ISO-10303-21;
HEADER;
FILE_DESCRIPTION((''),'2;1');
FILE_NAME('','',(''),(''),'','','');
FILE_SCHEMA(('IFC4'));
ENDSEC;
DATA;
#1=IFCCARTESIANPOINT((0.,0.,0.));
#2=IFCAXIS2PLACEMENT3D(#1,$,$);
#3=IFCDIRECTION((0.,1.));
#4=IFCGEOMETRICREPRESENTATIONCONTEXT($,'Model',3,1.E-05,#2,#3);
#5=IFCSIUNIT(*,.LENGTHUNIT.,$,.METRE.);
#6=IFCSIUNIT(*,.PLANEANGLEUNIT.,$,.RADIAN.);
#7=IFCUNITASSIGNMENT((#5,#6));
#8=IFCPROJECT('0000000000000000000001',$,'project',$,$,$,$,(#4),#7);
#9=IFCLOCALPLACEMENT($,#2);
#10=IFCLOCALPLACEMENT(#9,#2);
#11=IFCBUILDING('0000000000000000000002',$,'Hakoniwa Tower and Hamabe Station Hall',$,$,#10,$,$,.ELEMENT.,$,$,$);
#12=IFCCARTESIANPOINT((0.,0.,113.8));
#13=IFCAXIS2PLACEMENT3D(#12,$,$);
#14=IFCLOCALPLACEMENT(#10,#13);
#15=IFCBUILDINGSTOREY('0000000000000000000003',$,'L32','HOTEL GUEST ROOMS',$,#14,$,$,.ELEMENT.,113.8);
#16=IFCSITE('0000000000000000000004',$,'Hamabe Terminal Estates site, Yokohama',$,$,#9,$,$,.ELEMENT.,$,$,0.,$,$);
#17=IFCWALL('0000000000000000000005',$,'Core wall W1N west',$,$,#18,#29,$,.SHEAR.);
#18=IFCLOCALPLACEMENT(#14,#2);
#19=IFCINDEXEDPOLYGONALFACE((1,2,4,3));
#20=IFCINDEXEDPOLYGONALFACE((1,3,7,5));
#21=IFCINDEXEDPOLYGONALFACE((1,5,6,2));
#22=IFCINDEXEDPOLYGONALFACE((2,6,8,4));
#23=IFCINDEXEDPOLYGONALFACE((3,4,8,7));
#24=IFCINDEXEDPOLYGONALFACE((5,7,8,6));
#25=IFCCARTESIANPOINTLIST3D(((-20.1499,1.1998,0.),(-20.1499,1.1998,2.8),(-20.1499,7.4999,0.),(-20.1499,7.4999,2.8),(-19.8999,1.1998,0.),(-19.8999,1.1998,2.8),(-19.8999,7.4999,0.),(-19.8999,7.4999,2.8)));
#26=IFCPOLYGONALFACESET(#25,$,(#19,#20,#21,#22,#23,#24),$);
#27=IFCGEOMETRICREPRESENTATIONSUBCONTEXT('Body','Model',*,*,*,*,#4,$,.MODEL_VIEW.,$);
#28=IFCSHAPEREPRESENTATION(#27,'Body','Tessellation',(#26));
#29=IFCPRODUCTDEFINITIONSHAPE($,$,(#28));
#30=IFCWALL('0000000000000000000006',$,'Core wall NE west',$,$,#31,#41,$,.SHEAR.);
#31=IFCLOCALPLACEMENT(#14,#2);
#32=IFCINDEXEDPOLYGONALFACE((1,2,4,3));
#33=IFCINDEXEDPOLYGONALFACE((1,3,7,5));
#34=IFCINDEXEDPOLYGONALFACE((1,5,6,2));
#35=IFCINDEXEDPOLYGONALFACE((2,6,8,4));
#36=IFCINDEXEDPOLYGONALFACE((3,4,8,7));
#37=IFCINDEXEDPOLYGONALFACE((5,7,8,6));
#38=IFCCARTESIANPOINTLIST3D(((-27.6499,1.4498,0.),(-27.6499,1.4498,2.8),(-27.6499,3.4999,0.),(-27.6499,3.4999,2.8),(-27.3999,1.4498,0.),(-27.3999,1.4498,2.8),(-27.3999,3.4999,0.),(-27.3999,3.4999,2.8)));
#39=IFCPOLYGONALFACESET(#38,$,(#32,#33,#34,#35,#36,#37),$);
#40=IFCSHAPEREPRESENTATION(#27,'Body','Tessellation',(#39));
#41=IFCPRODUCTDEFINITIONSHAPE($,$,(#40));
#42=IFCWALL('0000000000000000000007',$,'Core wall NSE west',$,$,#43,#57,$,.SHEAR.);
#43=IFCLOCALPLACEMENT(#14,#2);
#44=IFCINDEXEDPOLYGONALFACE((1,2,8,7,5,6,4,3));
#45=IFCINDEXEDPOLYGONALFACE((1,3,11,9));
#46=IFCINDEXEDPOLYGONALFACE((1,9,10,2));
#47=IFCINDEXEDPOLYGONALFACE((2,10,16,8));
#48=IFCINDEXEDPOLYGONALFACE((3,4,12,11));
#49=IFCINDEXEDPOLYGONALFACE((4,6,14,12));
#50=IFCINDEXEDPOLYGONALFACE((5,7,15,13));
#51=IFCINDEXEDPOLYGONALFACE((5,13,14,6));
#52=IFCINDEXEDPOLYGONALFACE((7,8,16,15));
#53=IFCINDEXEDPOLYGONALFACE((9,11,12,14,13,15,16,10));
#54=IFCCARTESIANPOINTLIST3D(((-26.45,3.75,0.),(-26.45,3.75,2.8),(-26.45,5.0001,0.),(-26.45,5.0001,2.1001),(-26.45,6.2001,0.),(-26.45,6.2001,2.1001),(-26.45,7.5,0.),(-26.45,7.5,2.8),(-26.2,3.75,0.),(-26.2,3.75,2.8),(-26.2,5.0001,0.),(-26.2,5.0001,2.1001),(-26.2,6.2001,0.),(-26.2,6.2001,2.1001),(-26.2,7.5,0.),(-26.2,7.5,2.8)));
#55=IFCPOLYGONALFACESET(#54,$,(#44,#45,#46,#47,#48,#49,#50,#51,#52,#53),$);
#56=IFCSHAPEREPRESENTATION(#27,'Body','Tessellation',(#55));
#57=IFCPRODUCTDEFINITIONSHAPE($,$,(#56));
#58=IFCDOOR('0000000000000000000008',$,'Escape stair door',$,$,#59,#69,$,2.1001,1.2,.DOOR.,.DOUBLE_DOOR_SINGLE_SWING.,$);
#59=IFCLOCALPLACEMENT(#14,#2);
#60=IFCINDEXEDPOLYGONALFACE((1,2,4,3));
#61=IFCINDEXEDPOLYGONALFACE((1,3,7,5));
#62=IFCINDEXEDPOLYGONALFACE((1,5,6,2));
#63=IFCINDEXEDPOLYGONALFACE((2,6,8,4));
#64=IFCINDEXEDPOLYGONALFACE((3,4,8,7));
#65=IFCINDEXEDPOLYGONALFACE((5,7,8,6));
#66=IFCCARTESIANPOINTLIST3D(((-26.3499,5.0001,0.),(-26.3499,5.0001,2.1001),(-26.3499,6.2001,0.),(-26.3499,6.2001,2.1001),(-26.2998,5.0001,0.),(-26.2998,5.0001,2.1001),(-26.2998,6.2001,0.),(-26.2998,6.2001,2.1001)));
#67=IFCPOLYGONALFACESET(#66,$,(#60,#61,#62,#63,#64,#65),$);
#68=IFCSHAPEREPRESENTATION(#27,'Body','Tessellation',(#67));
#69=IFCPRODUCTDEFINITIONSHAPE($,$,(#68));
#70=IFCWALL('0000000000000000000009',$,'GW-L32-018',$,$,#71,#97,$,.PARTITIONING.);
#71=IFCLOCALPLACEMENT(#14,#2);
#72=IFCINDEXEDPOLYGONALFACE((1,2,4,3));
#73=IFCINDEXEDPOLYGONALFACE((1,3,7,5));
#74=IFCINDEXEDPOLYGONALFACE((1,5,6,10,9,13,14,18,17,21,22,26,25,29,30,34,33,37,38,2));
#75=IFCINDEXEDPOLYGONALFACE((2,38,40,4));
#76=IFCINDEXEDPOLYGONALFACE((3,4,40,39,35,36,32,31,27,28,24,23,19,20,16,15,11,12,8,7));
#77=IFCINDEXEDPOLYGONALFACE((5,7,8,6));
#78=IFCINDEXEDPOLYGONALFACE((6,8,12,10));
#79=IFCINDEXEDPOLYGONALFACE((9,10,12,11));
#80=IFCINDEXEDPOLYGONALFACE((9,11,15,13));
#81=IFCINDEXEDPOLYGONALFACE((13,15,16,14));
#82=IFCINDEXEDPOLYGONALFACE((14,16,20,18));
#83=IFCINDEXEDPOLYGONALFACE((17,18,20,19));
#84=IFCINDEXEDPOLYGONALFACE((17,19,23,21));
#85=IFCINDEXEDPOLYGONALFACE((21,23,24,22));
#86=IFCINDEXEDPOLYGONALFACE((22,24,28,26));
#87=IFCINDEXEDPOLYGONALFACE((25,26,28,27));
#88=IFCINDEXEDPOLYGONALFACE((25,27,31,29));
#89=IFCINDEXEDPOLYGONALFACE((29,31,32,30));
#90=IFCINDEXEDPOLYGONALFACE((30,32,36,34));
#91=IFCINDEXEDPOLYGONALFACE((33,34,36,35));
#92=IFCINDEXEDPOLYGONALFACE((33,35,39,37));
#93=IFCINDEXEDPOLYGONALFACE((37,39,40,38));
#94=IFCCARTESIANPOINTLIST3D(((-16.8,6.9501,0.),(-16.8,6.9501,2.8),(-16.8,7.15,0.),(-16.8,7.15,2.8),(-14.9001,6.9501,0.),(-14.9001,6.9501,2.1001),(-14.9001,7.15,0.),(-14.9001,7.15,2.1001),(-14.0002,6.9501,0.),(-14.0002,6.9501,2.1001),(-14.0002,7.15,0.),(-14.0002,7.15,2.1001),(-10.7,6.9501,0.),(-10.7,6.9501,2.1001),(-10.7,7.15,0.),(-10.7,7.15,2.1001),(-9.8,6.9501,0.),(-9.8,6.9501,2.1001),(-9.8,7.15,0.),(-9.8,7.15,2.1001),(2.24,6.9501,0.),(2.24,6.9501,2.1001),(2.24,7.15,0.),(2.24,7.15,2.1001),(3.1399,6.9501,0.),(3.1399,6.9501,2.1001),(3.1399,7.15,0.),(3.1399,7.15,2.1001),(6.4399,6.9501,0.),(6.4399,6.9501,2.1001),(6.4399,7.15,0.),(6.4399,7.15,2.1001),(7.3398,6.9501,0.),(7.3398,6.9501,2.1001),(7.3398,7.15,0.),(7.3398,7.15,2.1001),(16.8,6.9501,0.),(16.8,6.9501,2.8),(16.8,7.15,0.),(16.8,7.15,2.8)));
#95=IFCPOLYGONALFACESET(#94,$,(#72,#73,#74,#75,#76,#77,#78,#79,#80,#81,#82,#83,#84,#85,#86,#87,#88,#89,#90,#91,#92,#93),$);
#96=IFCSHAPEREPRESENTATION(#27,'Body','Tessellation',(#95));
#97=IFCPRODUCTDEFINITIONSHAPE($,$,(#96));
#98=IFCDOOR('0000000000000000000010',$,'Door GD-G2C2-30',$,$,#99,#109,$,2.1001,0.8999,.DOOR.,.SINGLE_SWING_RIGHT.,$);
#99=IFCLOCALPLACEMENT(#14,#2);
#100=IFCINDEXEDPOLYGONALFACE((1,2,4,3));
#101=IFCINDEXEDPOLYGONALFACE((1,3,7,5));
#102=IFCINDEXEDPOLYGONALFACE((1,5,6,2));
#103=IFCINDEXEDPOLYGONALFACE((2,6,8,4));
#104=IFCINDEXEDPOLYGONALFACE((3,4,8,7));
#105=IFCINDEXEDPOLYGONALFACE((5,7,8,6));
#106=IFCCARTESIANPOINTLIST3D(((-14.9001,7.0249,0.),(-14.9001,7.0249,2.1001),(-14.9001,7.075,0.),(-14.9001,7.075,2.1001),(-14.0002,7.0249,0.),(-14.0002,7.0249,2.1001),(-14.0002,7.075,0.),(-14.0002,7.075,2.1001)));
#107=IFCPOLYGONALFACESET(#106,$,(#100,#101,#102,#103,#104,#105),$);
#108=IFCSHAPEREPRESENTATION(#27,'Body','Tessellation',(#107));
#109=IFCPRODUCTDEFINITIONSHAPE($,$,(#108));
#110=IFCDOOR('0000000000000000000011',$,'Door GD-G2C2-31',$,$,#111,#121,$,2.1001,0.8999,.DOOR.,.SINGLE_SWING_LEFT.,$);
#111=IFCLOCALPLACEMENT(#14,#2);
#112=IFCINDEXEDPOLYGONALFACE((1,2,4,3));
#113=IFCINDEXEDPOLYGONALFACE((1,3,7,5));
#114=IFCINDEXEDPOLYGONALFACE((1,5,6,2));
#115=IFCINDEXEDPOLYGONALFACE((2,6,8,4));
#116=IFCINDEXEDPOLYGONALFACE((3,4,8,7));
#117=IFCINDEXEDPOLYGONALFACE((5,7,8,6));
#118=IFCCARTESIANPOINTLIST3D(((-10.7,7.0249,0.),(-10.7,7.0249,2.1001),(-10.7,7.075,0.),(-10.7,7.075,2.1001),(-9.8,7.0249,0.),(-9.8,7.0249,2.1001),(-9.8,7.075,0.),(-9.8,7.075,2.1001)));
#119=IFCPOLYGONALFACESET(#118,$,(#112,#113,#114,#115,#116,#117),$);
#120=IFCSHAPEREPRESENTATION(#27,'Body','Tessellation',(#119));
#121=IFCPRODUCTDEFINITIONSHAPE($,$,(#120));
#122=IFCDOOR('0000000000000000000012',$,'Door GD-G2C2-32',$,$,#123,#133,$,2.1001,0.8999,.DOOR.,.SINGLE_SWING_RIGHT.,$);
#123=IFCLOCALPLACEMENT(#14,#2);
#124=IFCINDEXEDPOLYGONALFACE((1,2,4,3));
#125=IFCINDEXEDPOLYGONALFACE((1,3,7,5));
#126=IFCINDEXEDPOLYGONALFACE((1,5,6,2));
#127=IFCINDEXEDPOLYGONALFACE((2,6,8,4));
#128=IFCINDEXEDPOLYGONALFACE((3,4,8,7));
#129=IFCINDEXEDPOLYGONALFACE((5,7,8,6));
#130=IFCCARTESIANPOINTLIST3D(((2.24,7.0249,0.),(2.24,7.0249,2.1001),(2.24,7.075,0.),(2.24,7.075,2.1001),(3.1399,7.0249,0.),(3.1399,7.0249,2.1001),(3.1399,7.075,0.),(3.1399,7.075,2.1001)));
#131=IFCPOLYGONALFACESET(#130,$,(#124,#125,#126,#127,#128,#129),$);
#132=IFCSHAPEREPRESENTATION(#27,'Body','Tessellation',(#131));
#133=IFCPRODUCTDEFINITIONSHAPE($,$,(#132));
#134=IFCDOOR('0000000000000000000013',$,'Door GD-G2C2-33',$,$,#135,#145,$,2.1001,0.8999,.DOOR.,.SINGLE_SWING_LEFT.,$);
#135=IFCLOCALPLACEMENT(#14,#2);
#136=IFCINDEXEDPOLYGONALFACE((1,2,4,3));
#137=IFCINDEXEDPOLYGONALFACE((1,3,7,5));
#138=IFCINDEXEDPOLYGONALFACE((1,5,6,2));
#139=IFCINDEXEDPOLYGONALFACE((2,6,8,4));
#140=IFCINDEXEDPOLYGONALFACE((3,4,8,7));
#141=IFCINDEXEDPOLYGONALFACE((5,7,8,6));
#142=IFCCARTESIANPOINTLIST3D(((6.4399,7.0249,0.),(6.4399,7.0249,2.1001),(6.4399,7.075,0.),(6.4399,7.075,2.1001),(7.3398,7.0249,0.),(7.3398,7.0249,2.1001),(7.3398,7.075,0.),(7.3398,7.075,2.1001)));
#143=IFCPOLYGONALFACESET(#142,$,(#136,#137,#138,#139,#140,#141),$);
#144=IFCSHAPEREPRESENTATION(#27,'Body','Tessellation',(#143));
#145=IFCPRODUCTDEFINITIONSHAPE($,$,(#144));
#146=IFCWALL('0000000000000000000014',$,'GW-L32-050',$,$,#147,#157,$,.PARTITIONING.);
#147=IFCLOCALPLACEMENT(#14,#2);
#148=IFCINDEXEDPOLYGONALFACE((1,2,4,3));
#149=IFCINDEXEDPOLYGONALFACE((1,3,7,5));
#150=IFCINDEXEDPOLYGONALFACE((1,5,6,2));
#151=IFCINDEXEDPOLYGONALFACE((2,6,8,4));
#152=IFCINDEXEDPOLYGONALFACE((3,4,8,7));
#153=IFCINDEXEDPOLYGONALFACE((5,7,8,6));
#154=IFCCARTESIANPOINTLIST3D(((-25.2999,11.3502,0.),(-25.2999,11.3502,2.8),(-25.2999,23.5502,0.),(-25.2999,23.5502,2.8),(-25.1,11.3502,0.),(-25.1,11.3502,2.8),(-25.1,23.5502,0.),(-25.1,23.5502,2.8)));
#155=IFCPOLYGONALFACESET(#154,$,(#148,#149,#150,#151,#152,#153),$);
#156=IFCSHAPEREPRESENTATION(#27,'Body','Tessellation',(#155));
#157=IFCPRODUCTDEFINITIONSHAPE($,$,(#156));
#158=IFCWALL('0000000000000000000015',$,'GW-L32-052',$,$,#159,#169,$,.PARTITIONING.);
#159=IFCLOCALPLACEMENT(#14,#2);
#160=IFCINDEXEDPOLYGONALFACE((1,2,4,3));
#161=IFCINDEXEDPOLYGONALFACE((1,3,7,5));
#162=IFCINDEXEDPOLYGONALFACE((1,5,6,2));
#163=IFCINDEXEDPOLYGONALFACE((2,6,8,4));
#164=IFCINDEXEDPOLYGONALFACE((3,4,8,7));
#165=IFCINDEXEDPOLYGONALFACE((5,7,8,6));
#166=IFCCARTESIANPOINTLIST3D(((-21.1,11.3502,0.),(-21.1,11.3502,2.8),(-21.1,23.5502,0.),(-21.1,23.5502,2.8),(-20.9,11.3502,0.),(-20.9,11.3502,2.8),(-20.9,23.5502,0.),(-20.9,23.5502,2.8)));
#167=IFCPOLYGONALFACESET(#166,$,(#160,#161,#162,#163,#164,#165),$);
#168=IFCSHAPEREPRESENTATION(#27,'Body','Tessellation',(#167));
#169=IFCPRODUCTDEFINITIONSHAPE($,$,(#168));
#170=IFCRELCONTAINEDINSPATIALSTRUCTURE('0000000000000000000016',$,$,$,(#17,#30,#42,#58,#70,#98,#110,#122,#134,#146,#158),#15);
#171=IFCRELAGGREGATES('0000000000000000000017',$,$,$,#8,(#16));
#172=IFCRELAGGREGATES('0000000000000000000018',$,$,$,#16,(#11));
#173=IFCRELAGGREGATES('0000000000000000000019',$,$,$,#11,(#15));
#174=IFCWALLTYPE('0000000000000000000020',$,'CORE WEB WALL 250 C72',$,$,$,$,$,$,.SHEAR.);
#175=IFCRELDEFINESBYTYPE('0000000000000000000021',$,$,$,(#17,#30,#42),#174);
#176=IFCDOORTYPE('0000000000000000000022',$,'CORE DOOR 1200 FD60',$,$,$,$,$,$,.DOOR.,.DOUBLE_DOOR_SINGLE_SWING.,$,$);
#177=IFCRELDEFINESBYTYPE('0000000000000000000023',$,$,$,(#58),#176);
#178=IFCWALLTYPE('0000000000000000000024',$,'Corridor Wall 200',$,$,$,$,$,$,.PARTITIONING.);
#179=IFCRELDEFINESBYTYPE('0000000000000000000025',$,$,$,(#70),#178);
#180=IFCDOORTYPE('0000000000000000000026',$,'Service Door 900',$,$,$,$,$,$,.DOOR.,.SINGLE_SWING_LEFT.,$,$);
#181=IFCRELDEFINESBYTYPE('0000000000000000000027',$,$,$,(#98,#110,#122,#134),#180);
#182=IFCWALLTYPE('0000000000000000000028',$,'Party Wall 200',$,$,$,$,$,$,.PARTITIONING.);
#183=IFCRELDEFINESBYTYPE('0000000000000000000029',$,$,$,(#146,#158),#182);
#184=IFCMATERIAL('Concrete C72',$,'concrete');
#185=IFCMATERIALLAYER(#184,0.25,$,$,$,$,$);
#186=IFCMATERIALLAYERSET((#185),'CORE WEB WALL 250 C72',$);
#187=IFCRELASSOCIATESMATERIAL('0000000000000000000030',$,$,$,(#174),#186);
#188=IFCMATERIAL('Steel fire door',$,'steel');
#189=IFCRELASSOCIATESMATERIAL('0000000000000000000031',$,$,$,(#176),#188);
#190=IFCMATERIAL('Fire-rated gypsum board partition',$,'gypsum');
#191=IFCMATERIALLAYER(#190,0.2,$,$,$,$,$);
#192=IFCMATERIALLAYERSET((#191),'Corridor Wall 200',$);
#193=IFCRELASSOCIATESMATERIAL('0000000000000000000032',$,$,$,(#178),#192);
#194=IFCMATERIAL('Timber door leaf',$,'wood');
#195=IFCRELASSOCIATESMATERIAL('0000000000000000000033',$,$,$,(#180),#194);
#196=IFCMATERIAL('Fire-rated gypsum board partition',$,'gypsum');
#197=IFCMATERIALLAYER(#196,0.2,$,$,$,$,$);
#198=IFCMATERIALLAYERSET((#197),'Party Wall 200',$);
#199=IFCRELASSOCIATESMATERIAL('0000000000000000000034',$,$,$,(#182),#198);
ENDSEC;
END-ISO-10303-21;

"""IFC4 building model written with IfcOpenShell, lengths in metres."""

from ifc_helpers import new_model, si_unit, direction, frame, frame_2d, origin, place, context, subcontext, project, spatial, rectangle, extrude, material, layer, layer_set, type_object, element, fill, save


model = new_model("IFC4")

# Units and contexts
model_context = context("Model", 3, precision=1e-05, world=origin(), true_north=direction((0.0, 1.0)))
body_context = subcontext(model_context, "Body", "Model", "MODEL_VIEW")
ifc_project = project(units=[si_unit("LENGTHUNIT", "METRE"), si_unit("PLANEANGLEUNIT", "RADIAN")], contexts=[model_context])

# Site, building, storey
site_placement = place(None, origin())
site = spatial("IfcSite", under=ifc_project, at=site_placement, Name="Hamabe Terminal Estates site, Yokohama", CompositionType="ELEMENT", RefElevation=0.0)
building_placement = place(site_placement, origin())
building = spatial("IfcBuilding", under=site, at=building_placement, Name="Hakoniwa Tower and Hamabe Station Hall", CompositionType="ELEMENT")
storey_placement = place(building_placement, frame((0.0, 0.0, 113.8)))
storey = spatial("IfcBuildingStorey", under=building, at=storey_placement, Name="L32", Description="HOTEL GUEST ROOMS", CompositionType="ELEMENT", Elevation=113.8)

# Walls
ifc_material_1 = material(Name="Concrete C72", Category="concrete")
ifc_layer_1 = layer(ifc_material_1, 0.25)
ifc_layer_set_1 = layer_set([ifc_layer_1], Name="CORE WEB WALL 250 C72")
wall_type_1 = type_object("IfcWallType", Name="CORE WEB WALL 250 C72", PredefinedType="SHEAR", material=ifc_layer_set_1)
wall_1_placement = place(storey_placement, frame((-20.0249, 1.2, 0.0), z_axis=(0.0, 0.0, 1.0), x_axis=(0.0, 1.0, 0.0)))
element("IfcWall", 1, at=wall_1_placement, inside=storey, type_object=wall_type_1, Name="Core wall W1N west", PredefinedType="SHEAR", context=body_context, shape_type="SweptSolid", body=[
    extrude(rectangle(XDim=6.3, YDim=0.25, at=frame_2d((3.1499, 0.0))), origin(), (0.0, 0.0, 1.0), 2.8),
])
wall_2_placement = place(storey_placement, frame((-27.5249, 1.45, 0.0), z_axis=(0.0, 0.0, 1.0), x_axis=(0.0, 1.0, 0.0)))
element("IfcWall", 2, at=wall_2_placement, inside=storey, type_object=wall_type_1, Name="Core wall NE west", PredefinedType="SHEAR", context=body_context, shape_type="SweptSolid", body=[
    extrude(rectangle(XDim=2.05, YDim=0.25, at=frame_2d((1.0249, 0.0))), origin(), (0.0, 0.0, 1.0), 2.8),
])

# Wall, opening, door
wall_3_placement = place(storey_placement, frame((-26.325, 3.75, 0.0), z_axis=(0.0, 0.0, 1.0), x_axis=(0.0, 1.0, 0.0)))
wall_3 = element("IfcWall", 3, at=wall_3_placement, inside=storey, type_object=wall_type_1, Name="Core wall NSE west", PredefinedType="SHEAR", context=body_context, shape_type="SweptSolid", body=[
    extrude(rectangle(XDim=3.75, YDim=0.25, at=frame_2d((1.875, 0.0))), origin(), (0.0, 0.0, 1.0), 2.8),
])
opening_1_placement = place(wall_3_placement, frame((1.25, 0.0, 0.0)))
opening_1 = element("IfcOpeningElement", 4, at=opening_1_placement, cuts=wall_3, PredefinedType="OPENING", context=body_context, shape_type="SweptSolid", body=[
    extrude(rectangle(XDim=1.2, YDim=2.1001, at=frame_2d((0.6001, 1.05))), frame((0.0, 0.135, 0.0), z_axis=(0.0, -1.0, 0.0), x_axis=(1.0, 0.0, 0.0)), (0.0, 0.0, 1.0), 0.27),
])
ifc_material_2 = material(Name="Steel fire door", Category="steel")
door_type_1 = type_object("IfcDoorType", Name="CORE DOOR 1200 FD60", OperationType="DOUBLE_DOOR_SINGLE_SWING", PredefinedType="DOOR", material=ifc_material_2)
door_1_placement = place(opening_1_placement, origin())
door_1 = element("IfcDoor", 5, at=door_1_placement, inside=storey, type_object=door_type_1, Name="Escape stair door", OperationType="DOUBLE_DOOR_SINGLE_SWING", OverallHeight=2.1001, OverallWidth=1.2, PredefinedType="DOOR", context=body_context, shape_type="SweptSolid", body=[
    extrude(rectangle(XDim=1.2, YDim=2.1001, at=frame_2d((0.6001, 1.05))), frame((0.0, 0.0249, 0.0), z_axis=(0.0, -1.0, 0.0), x_axis=(1.0, 0.0, 0.0)), (0.0, 0.0, 1.0), 0.05),
])
fill(opening_1, door_1)

# Wall, openings, doors
ifc_material_3 = material(Name="Fire-rated gypsum board partition", Category="gypsum")
ifc_layer_2 = layer(ifc_material_3, 0.2)
ifc_layer_set_2 = layer_set([ifc_layer_2], Name="Corridor Wall 200")
wall_type_2 = type_object("IfcWallType", Name="Corridor Wall 200", PredefinedType="PARTITIONING", material=ifc_layer_set_2)
wall_4_placement = place(storey_placement, frame((-16.8, 7.05, 0.0), z_axis=(0.0, 0.0, 1.0), x_axis=(1.0, 0.0, 0.0)))
wall_4 = element("IfcWall", 6, at=wall_4_placement, inside=storey, type_object=wall_type_2, Name="GW-L32-018", PredefinedType="PARTITIONING", context=body_context, shape_type="SweptSolid", body=[
    extrude(rectangle(XDim=33.6001, YDim=0.2, at=frame_2d((16.8, 0.0))), origin(), (0.0, 0.0, 1.0), 2.8),
])
opening_2_placement = place(wall_4_placement, frame((1.8999, 0.0, 0.0)))
opening_2 = element("IfcOpeningElement", 7, at=opening_2_placement, cuts=wall_4, PredefinedType="OPENING", context=body_context, shape_type="SweptSolid", body=[
    extrude(rectangle(XDim=0.8999, YDim=2.1001, at=frame_2d((0.45, 1.05))), frame((0.0, 0.1099, 0.0), z_axis=(0.0, -1.0, 0.0), x_axis=(1.0, 0.0, 0.0)), (0.0, 0.0, 1.0), 0.22),
])
opening_3_placement = place(wall_4_placement, frame((6.1001, 0.0, 0.0)))
opening_3 = element("IfcOpeningElement", 8, at=opening_3_placement, cuts=wall_4, PredefinedType="OPENING", context=body_context, shape_type="SweptSolid", body=[
    extrude(rectangle(XDim=0.8999, YDim=2.1001, at=frame_2d((0.45, 1.05))), frame((0.0, 0.1099, 0.0), z_axis=(0.0, -1.0, 0.0), x_axis=(1.0, 0.0, 0.0)), (0.0, 0.0, 1.0), 0.22),
])
opening_4_placement = place(wall_4_placement, frame((19.04, 0.0, 0.0)))
opening_4 = element("IfcOpeningElement", 9, at=opening_4_placement, cuts=wall_4, PredefinedType="OPENING", context=body_context, shape_type="SweptSolid", body=[
    extrude(rectangle(XDim=0.8999, YDim=2.1001, at=frame_2d((0.45, 1.05))), frame((0.0, 0.1099, 0.0), z_axis=(0.0, -1.0, 0.0), x_axis=(1.0, 0.0, 0.0)), (0.0, 0.0, 1.0), 0.22),
])
opening_5_placement = place(wall_4_placement, frame((23.24, 0.0, 0.0)))
opening_5 = element("IfcOpeningElement", 10, at=opening_5_placement, cuts=wall_4, PredefinedType="OPENING", context=body_context, shape_type="SweptSolid", body=[
    extrude(rectangle(XDim=0.8999, YDim=2.1001, at=frame_2d((0.45, 1.05))), frame((0.0, 0.1099, 0.0), z_axis=(0.0, -1.0, 0.0), x_axis=(1.0, 0.0, 0.0)), (0.0, 0.0, 1.0), 0.22),
])
ifc_material_4 = material(Name="Timber door leaf", Category="wood")
door_type_2 = type_object("IfcDoorType", Name="Service Door 900", OperationType="SINGLE_SWING_LEFT", PredefinedType="DOOR", material=ifc_material_4)
door_2_placement = place(opening_2_placement, origin())
door_2 = element("IfcDoor", 11, at=door_2_placement, inside=storey, type_object=door_type_2, Name="Door GD-G2C2-30", OperationType="SINGLE_SWING_RIGHT", OverallHeight=2.1001, OverallWidth=0.8999, PredefinedType="DOOR", context=body_context, shape_type="SweptSolid", body=[
    extrude(rectangle(XDim=0.8999, YDim=2.1001, at=frame_2d((0.45, 1.05))), frame((0.0, 0.0249, 0.0), z_axis=(0.0, -1.0, 0.0), x_axis=(1.0, 0.0, 0.0)), (0.0, 0.0, 1.0), 0.05),
])
fill(opening_2, door_2)
door_3_placement = place(opening_3_placement, origin())
door_3 = element("IfcDoor", 12, at=door_3_placement, inside=storey, type_object=door_type_2, Name="Door GD-G2C2-31", OperationType="SINGLE_SWING_LEFT", OverallHeight=2.1001, OverallWidth=0.8999, PredefinedType="DOOR", context=body_context, shape_type="SweptSolid", body=[
    extrude(rectangle(XDim=0.8999, YDim=2.1001, at=frame_2d((0.45, 1.05))), frame((0.0, 0.0249, 0.0), z_axis=(0.0, -1.0, 0.0), x_axis=(1.0, 0.0, 0.0)), (0.0, 0.0, 1.0), 0.05),
])
fill(opening_3, door_3)
door_4_placement = place(opening_4_placement, origin())
door_4 = element("IfcDoor", 13, at=door_4_placement, inside=storey, type_object=door_type_2, Name="Door GD-G2C2-32", OperationType="SINGLE_SWING_RIGHT", OverallHeight=2.1001, OverallWidth=0.8999, PredefinedType="DOOR", context=body_context, shape_type="SweptSolid", body=[
    extrude(rectangle(XDim=0.8999, YDim=2.1001, at=frame_2d((0.45, 1.05))), frame((0.0, 0.0249, 0.0), z_axis=(0.0, -1.0, 0.0), x_axis=(1.0, 0.0, 0.0)), (0.0, 0.0, 1.0), 0.05),
])
fill(opening_4, door_4)
door_5_placement = place(opening_5_placement, origin())
door_5 = element("IfcDoor", 14, at=door_5_placement, inside=storey, type_object=door_type_2, Name="Door GD-G2C2-33", OperationType="SINGLE_SWING_LEFT", OverallHeight=2.1001, OverallWidth=0.8999, PredefinedType="DOOR", context=body_context, shape_type="SweptSolid", body=[
    extrude(rectangle(XDim=0.8999, YDim=2.1001, at=frame_2d((0.45, 1.05))), frame((0.0, 0.0249, 0.0), z_axis=(0.0, -1.0, 0.0), x_axis=(1.0, 0.0, 0.0)), (0.0, 0.0, 1.0), 0.05),
])
fill(opening_5, door_5)

# Walls
ifc_material_5 = material(Name="Fire-rated gypsum board partition", Category="gypsum")
ifc_layer_3 = layer(ifc_material_5, 0.2)
ifc_layer_set_3 = layer_set([ifc_layer_3], Name="Party Wall 200")
wall_type_3 = type_object("IfcWallType", Name="Party Wall 200", PredefinedType="PARTITIONING", material=ifc_layer_set_3)
for number, where, z_axis, x_axis, name in (
    (15, (-25.2, 11.3501, 0.0), (0.0, 0.0, 1.0), (0.0, 1.0, 0.0), "GW-L32-050"),
    (16, (-21.0, 11.3501, 0.0), (0.0, 0.0, 1.0), (0.0, 1.0, 0.0), "GW-L32-052"),
):
    element("IfcWall", number, at=place(storey_placement, frame(where, z_axis=z_axis, x_axis=x_axis)), inside=storey, type_object=wall_type_3, Name=name, PredefinedType="PARTITIONING", context=body_context, shape_type="SweptSolid", body=[
        extrude(rectangle(XDim=12.2, YDim=0.2, at=frame_2d((6.1001, 0.0))), origin(), (0.0, 0.0, 1.0), 2.8),
    ])

save(model, "model.ifc")
